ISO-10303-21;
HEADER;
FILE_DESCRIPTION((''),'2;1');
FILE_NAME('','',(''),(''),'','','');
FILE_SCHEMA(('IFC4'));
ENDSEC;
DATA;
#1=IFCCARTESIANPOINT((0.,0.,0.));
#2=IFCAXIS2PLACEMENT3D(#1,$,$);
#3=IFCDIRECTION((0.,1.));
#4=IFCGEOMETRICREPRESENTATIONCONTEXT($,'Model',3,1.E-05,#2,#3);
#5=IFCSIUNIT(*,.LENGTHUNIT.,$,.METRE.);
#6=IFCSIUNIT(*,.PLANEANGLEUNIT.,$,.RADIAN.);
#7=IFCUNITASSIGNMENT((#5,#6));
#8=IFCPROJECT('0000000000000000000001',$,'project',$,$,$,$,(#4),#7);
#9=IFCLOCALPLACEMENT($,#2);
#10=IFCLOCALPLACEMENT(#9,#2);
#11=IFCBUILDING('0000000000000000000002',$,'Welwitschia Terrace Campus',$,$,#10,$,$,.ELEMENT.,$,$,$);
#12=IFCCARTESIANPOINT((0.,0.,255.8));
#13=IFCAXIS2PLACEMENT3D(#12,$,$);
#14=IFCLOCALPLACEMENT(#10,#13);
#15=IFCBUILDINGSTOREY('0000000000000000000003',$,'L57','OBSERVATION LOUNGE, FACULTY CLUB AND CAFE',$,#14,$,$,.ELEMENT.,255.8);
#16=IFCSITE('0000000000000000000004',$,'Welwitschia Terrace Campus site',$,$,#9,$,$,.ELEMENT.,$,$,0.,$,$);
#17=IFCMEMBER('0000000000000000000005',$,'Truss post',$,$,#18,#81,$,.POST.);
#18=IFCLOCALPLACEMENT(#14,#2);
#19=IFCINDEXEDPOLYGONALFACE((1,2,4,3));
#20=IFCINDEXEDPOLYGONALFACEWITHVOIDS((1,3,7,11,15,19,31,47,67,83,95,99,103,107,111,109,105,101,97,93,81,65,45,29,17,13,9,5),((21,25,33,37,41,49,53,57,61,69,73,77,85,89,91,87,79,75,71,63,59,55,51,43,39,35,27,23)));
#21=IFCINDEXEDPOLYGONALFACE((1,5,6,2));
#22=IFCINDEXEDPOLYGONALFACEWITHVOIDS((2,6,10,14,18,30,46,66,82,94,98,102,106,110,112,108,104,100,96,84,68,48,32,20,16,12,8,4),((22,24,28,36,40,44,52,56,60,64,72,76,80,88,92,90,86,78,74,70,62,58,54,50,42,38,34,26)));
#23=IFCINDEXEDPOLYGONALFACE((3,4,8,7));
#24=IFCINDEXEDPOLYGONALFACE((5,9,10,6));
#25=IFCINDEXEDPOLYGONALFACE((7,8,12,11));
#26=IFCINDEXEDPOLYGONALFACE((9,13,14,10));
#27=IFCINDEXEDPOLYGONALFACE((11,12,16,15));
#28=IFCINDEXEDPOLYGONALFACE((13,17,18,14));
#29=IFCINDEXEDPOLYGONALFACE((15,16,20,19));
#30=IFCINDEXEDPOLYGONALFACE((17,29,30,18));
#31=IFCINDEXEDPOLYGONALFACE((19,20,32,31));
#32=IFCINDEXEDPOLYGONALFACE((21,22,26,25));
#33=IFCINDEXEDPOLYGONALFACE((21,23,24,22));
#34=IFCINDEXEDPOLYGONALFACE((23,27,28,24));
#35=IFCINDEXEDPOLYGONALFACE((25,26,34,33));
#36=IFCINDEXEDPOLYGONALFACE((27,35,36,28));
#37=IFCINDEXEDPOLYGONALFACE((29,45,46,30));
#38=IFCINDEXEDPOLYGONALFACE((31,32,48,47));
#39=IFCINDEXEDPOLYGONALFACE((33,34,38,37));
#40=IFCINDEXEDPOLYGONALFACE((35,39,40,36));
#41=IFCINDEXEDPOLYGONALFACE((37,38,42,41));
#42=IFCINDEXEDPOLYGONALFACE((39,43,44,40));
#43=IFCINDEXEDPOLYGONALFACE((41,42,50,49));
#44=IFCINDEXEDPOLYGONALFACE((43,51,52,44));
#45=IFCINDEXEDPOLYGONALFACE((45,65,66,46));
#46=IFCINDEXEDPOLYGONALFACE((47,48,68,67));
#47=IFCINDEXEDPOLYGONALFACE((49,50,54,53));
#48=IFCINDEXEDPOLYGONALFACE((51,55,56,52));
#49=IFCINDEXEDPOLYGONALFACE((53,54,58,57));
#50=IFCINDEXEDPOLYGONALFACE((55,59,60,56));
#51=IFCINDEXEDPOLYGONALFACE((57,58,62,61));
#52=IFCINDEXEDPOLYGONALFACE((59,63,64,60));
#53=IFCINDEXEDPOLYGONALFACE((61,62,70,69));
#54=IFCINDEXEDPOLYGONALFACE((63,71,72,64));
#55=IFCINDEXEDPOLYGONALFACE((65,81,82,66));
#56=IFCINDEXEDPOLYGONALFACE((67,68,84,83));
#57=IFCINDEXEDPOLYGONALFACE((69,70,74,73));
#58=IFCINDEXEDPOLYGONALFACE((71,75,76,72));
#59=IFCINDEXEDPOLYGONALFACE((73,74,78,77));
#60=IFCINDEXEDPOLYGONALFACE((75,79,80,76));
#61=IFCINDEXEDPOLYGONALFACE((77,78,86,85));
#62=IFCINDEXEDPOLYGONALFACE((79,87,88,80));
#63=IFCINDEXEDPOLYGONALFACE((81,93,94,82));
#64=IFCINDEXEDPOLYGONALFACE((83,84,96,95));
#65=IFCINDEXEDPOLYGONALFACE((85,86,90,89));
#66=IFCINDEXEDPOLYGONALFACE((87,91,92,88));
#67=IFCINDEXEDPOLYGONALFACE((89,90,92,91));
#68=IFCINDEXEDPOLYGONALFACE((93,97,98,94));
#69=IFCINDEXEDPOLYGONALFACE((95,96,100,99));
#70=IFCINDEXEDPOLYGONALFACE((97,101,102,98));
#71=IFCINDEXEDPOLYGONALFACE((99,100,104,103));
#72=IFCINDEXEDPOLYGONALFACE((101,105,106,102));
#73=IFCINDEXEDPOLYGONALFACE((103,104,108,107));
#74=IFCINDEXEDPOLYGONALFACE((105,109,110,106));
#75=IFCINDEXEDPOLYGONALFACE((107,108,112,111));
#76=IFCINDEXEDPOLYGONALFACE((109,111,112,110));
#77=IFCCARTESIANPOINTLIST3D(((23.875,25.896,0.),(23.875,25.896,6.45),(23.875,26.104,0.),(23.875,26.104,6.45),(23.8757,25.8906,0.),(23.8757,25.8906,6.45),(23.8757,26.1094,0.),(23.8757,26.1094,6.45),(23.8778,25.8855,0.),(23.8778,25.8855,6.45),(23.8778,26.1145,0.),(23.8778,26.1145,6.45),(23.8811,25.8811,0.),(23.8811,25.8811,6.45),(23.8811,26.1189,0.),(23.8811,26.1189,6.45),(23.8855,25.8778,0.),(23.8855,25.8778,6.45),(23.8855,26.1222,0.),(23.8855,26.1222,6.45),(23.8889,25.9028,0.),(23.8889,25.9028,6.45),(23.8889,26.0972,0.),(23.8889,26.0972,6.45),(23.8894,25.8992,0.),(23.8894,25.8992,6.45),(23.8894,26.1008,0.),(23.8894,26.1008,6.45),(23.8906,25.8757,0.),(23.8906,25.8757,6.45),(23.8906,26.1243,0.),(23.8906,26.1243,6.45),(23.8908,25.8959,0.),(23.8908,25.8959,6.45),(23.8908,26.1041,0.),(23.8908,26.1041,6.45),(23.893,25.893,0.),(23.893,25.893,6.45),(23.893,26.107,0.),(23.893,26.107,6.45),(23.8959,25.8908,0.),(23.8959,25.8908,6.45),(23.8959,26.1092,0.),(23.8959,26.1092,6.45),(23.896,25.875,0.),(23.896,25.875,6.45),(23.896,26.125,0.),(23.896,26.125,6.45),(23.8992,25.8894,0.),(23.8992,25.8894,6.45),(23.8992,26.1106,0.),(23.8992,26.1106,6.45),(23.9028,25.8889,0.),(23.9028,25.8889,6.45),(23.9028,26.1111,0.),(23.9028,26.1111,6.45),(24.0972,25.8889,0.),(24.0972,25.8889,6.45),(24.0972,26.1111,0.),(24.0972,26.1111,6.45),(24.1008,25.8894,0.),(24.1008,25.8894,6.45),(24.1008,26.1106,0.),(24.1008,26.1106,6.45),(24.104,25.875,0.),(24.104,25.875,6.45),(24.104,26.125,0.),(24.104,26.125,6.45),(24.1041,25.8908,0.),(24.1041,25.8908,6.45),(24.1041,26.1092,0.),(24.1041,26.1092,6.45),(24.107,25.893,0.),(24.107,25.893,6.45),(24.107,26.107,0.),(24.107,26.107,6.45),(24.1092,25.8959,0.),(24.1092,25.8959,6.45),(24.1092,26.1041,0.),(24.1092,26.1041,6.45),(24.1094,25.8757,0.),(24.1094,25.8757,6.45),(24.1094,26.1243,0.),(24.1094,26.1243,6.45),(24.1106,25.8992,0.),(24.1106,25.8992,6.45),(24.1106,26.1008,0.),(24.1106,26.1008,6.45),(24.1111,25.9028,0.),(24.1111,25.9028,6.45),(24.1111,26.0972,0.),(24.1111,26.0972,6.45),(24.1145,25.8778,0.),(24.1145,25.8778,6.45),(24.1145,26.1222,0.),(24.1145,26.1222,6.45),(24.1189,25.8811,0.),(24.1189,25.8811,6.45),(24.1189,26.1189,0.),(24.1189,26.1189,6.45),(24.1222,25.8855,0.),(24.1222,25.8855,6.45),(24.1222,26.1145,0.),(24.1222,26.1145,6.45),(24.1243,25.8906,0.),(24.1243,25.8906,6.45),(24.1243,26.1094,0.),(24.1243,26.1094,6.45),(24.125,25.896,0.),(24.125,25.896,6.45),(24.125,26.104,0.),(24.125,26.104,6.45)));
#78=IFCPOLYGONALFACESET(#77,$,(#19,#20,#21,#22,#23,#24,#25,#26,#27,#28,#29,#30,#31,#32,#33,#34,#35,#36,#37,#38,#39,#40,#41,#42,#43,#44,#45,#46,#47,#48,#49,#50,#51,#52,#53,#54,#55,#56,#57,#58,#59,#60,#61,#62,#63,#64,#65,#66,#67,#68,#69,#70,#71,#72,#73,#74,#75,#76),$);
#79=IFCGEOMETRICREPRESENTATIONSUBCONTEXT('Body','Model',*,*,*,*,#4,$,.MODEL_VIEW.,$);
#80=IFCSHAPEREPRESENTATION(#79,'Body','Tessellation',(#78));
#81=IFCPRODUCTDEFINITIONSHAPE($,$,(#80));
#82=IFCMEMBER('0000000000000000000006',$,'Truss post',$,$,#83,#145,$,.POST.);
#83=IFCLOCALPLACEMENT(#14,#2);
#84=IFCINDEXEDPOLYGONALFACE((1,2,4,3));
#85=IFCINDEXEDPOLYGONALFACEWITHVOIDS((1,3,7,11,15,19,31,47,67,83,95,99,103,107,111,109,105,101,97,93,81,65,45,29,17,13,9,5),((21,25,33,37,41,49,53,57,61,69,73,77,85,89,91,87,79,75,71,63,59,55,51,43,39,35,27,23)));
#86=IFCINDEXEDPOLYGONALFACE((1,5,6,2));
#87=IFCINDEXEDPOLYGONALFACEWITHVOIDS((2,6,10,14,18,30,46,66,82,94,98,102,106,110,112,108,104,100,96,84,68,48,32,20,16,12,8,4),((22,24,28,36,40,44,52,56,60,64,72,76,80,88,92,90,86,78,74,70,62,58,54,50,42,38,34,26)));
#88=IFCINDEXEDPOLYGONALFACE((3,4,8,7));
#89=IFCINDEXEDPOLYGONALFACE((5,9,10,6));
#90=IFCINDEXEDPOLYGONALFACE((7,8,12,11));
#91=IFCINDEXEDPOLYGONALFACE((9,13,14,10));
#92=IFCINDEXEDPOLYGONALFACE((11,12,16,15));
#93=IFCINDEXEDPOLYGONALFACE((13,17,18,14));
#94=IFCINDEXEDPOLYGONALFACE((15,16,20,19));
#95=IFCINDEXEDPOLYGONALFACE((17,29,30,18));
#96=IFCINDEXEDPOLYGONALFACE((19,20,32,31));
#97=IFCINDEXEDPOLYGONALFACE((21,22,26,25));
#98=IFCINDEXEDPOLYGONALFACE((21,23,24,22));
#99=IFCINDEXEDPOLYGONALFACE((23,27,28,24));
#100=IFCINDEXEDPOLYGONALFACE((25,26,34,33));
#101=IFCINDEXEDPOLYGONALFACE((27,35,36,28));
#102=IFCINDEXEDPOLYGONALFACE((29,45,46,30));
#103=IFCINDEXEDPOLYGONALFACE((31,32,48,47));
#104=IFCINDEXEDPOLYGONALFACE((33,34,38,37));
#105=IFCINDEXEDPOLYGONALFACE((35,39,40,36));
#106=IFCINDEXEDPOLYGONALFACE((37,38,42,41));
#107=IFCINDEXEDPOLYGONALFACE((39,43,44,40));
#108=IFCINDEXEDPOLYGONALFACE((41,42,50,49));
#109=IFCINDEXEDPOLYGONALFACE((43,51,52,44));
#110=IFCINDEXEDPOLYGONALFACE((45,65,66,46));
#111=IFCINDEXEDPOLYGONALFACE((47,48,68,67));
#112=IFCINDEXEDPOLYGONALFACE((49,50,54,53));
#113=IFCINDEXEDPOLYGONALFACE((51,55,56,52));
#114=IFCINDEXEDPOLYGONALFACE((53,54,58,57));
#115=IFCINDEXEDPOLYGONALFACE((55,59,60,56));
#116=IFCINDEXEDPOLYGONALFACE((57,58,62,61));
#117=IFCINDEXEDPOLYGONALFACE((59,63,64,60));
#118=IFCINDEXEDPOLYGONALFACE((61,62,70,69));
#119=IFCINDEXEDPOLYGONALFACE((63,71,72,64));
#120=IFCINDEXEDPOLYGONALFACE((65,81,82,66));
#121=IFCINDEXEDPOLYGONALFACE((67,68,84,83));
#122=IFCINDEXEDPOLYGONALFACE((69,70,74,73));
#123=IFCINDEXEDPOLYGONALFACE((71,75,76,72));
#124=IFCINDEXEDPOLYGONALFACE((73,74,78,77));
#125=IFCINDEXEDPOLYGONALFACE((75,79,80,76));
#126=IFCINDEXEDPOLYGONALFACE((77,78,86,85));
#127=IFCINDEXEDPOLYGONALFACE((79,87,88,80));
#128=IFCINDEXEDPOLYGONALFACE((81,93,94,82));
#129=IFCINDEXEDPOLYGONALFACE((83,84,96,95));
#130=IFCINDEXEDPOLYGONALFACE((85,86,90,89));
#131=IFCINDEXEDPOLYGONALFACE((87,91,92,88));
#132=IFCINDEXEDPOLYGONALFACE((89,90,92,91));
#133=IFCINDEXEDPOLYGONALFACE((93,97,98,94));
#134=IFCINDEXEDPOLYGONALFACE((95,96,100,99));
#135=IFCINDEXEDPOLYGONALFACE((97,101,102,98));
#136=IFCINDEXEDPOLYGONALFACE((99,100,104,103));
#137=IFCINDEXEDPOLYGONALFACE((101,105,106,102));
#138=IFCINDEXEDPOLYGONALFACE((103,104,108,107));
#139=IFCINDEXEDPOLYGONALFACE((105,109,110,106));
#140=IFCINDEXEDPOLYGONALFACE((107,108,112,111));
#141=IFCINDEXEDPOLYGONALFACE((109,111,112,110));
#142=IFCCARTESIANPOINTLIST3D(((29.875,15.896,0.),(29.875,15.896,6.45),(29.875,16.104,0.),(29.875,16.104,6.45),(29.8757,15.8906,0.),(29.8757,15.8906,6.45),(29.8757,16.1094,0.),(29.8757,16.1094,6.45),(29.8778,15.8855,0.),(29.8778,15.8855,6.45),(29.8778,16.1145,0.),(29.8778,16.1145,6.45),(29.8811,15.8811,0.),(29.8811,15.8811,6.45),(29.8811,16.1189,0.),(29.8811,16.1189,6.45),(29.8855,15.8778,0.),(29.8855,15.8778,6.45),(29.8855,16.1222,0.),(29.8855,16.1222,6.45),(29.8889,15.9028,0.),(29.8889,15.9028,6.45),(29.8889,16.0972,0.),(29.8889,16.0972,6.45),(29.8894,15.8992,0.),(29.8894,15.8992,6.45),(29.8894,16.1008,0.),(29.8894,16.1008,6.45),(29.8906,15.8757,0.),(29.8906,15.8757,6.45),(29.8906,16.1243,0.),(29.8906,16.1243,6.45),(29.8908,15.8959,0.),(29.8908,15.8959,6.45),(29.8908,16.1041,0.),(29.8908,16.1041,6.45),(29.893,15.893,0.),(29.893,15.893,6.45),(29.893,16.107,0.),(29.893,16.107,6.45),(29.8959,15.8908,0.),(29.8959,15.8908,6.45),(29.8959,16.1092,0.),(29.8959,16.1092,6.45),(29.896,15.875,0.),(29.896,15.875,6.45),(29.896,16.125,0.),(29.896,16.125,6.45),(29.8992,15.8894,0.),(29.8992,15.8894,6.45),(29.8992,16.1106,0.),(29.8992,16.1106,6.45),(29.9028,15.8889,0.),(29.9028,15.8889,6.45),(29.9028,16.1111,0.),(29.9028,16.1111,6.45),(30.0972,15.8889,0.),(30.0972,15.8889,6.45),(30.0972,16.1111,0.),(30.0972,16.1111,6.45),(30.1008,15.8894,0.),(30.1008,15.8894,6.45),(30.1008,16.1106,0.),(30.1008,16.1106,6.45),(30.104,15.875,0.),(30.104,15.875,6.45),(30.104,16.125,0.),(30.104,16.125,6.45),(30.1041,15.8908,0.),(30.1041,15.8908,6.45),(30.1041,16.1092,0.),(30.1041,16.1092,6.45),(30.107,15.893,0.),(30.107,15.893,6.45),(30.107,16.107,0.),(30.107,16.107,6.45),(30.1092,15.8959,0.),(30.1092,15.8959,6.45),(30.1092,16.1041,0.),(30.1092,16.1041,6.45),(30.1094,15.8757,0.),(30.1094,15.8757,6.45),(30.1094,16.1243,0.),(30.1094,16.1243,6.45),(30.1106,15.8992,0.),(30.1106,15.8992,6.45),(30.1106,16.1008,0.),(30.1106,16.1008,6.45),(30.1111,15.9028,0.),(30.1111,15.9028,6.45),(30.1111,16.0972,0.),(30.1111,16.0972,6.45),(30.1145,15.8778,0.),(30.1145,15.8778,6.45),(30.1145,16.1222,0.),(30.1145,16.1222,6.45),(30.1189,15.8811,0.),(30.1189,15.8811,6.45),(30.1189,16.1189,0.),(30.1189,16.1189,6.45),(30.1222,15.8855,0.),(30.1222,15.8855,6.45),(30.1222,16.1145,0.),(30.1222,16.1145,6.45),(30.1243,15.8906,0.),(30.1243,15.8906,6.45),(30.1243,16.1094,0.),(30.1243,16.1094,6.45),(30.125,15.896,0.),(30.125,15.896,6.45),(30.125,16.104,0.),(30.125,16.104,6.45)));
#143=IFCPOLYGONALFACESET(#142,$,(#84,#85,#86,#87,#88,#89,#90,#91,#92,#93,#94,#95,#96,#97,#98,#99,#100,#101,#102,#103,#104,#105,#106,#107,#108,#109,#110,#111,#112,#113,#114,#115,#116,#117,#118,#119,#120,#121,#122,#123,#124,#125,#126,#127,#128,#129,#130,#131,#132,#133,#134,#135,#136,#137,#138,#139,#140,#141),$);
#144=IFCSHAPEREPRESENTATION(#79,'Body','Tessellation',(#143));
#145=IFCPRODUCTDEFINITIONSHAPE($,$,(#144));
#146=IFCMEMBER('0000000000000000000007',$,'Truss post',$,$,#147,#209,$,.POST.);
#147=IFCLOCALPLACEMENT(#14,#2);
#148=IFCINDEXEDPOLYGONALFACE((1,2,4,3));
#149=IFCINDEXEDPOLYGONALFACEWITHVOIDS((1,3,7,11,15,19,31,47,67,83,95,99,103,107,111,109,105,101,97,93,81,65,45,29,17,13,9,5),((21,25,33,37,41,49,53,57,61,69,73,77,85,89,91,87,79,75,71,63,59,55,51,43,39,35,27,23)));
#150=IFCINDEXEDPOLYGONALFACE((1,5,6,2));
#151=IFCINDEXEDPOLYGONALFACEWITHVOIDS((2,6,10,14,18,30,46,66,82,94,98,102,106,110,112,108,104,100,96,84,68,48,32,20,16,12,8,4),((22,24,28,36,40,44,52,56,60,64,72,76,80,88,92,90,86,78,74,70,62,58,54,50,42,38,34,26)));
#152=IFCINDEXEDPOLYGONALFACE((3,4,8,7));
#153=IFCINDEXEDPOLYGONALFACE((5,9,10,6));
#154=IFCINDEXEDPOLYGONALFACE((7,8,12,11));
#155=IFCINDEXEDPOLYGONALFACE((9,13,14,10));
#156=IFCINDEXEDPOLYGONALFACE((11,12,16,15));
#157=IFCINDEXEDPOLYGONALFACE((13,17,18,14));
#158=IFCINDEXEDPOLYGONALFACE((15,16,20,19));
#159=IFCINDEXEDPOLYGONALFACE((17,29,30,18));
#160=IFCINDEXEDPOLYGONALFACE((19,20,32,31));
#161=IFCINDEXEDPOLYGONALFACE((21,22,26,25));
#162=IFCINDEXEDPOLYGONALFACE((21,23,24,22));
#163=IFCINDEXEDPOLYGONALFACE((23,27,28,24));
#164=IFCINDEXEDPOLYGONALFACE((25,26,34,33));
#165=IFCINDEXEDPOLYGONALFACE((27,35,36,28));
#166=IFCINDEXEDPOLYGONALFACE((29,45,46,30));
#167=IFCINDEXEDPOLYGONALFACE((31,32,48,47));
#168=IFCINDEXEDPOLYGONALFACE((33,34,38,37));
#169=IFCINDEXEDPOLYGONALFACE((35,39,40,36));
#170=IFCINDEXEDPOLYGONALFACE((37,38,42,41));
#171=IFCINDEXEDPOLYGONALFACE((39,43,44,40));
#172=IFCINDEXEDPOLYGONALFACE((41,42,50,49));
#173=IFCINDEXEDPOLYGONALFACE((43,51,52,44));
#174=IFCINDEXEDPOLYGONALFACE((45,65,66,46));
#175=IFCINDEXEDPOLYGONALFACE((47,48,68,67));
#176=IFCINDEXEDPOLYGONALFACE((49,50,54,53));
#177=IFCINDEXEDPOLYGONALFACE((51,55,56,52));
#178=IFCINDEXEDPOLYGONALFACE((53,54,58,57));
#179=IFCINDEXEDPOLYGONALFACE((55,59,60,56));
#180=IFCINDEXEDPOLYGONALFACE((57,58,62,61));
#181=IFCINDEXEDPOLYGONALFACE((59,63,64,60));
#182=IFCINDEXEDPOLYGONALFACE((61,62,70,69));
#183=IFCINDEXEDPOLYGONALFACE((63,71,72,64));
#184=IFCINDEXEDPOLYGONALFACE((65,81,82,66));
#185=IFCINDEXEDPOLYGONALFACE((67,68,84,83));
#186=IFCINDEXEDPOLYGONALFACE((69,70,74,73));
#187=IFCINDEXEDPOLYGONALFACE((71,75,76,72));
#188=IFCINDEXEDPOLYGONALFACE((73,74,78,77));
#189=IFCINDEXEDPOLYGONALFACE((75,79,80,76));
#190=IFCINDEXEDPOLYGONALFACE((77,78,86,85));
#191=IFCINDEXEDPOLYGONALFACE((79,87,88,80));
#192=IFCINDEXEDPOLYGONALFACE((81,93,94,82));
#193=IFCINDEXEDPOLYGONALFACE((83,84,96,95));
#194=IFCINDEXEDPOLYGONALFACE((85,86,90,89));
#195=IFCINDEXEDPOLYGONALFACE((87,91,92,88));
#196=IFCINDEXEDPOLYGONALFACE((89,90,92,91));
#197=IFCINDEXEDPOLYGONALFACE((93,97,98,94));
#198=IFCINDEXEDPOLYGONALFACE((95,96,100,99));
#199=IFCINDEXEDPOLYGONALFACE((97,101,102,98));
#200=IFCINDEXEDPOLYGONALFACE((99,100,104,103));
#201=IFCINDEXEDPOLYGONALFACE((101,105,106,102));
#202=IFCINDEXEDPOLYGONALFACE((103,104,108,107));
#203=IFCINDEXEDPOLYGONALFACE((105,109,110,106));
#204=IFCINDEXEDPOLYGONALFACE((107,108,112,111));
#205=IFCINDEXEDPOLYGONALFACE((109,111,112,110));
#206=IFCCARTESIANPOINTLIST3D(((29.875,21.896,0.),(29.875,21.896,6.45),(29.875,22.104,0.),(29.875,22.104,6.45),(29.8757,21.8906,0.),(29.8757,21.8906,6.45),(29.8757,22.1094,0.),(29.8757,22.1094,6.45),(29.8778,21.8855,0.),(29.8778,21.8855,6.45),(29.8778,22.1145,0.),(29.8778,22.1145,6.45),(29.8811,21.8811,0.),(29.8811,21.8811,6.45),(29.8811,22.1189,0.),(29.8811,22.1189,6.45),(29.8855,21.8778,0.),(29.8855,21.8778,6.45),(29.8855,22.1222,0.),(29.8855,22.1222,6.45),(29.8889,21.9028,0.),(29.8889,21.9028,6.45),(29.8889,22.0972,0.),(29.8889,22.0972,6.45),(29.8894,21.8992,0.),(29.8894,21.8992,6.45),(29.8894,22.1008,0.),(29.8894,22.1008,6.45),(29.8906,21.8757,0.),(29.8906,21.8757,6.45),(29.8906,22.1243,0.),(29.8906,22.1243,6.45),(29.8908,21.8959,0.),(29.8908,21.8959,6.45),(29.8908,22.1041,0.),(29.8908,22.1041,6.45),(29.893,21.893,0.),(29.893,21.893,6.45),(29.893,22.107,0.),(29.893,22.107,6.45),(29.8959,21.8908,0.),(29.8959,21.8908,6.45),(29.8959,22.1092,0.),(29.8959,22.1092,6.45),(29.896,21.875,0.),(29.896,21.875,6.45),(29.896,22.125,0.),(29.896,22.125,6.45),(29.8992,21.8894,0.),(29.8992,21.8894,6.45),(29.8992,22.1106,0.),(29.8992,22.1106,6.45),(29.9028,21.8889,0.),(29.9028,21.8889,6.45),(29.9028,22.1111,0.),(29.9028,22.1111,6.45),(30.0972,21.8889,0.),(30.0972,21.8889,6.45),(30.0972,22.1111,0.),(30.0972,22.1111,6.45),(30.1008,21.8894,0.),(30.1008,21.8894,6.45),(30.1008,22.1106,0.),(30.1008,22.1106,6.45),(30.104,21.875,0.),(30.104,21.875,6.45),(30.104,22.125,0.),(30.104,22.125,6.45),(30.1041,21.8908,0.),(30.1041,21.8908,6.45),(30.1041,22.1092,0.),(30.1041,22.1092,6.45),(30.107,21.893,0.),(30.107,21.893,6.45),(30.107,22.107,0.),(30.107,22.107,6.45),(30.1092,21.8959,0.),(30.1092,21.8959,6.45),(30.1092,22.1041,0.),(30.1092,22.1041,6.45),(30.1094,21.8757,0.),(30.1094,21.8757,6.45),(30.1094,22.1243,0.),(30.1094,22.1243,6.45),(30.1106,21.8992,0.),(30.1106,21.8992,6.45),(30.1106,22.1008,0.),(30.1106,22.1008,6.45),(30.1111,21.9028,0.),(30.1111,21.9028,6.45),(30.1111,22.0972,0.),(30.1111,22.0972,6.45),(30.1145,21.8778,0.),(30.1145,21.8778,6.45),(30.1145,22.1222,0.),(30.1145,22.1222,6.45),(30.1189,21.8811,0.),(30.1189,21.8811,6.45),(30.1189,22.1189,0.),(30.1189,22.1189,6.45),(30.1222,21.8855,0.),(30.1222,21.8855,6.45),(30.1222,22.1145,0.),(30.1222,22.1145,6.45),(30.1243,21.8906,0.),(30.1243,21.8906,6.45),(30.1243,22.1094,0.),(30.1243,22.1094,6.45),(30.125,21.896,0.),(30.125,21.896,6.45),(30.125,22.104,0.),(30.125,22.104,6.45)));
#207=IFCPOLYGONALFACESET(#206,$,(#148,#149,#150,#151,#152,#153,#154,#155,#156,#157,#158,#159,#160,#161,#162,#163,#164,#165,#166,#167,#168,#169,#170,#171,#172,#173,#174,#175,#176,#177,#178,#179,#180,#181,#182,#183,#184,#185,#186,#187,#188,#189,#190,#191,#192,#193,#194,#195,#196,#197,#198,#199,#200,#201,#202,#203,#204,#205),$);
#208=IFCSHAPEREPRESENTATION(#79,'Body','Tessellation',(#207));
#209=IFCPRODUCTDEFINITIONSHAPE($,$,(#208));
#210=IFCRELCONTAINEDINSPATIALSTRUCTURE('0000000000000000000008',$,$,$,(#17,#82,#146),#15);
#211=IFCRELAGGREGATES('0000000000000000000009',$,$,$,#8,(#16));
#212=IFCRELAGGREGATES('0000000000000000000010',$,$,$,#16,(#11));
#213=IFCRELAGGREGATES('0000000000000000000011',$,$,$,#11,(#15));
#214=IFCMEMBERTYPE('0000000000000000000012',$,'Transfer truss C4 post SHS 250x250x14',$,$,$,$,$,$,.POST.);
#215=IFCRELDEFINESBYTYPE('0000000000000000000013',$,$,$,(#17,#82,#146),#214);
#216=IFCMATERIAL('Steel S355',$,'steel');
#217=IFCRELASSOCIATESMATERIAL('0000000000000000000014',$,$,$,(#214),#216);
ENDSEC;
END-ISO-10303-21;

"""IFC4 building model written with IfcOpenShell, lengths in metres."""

from ifc_helpers import new_model, si_unit, direction, frame, origin, origin_2d, place, context, subcontext, project, spatial, hollow_rectangle, extrude, material, material_profile, profile_set, type_object, element, save


model = new_model("IFC4")

# Units and contexts
model_context = context("Model", 3, precision=1e-05, world=origin(), true_north=direction((0.0, 1.0)))
body_context = subcontext(model_context, "Body", "Model", "MODEL_VIEW")
ifc_project = project(units=[si_unit("LENGTHUNIT", "METRE"), si_unit("PLANEANGLEUNIT", "RADIAN")], contexts=[model_context])

# Site, building, storey
site_placement = place(None, origin())
site = spatial("IfcSite", under=ifc_project, at=site_placement, Name="Welwitschia Terrace Campus site", CompositionType="ELEMENT", RefElevation=0.0)
building_placement = place(site_placement, origin())
building = spatial("IfcBuilding", under=site, at=building_placement, Name="Welwitschia Terrace Campus", CompositionType="ELEMENT")
storey_placement = place(building_placement, frame((0.0, 0.0, 255.8)))
storey = spatial("IfcBuildingStorey", under=building, at=storey_placement, Name="L57", Description="OBSERVATION LOUNGE, FACULTY CLUB AND CAFE", CompositionType="ELEMENT", Elevation=255.8)

# Members
ifc_material_1 = material(Name="Steel S355", Category="steel")
ifc_material_profile_1 = material_profile(ifc_material_1, hollow_rectangle(XDim=0.25, YDim=0.25, WallThickness=0.0139, InnerFilletRadius=0.0139, OuterFilletRadius=0.021, at=origin_2d()))
ifc_profile_set_1 = profile_set([ifc_material_profile_1], Name="Steel S355")
member_type_1 = type_object("IfcMemberType", Name="Transfer truss C4 post SHS 250x250x14", PredefinedType="POST", material=ifc_profile_set_1)
for number, where, z_axis, x_axis, name in (
    (1, (24.0, 26.0, 0.0), (0.0, 0.0, 1.0), (1.0, 0.0, 0.0), "Truss post"),
    (2, (30.0, 16.0, 0.0), (0.0, 0.0, 1.0), (1.0, 0.0, 0.0), "Truss post"),
    (3, (30.0, 22.0, 0.0), (0.0, 0.0, 1.0), (1.0, 0.0, 0.0), "Truss post"),
):
    element("IfcMember", number, at=place(storey_placement, frame(where, z_axis=z_axis, x_axis=x_axis)), inside=storey, type_object=member_type_1, Name=name, PredefinedType="POST", context=body_context, shape_type="SweptSolid", body=[
        extrude(hollow_rectangle(XDim=0.25, YDim=0.25, WallThickness=0.0139, InnerFilletRadius=0.0139, OuterFilletRadius=0.021, at=origin_2d()), origin(), (0.0, 0.0, 1.0), 6.45),
    ])

save(model, "model.ifc")
